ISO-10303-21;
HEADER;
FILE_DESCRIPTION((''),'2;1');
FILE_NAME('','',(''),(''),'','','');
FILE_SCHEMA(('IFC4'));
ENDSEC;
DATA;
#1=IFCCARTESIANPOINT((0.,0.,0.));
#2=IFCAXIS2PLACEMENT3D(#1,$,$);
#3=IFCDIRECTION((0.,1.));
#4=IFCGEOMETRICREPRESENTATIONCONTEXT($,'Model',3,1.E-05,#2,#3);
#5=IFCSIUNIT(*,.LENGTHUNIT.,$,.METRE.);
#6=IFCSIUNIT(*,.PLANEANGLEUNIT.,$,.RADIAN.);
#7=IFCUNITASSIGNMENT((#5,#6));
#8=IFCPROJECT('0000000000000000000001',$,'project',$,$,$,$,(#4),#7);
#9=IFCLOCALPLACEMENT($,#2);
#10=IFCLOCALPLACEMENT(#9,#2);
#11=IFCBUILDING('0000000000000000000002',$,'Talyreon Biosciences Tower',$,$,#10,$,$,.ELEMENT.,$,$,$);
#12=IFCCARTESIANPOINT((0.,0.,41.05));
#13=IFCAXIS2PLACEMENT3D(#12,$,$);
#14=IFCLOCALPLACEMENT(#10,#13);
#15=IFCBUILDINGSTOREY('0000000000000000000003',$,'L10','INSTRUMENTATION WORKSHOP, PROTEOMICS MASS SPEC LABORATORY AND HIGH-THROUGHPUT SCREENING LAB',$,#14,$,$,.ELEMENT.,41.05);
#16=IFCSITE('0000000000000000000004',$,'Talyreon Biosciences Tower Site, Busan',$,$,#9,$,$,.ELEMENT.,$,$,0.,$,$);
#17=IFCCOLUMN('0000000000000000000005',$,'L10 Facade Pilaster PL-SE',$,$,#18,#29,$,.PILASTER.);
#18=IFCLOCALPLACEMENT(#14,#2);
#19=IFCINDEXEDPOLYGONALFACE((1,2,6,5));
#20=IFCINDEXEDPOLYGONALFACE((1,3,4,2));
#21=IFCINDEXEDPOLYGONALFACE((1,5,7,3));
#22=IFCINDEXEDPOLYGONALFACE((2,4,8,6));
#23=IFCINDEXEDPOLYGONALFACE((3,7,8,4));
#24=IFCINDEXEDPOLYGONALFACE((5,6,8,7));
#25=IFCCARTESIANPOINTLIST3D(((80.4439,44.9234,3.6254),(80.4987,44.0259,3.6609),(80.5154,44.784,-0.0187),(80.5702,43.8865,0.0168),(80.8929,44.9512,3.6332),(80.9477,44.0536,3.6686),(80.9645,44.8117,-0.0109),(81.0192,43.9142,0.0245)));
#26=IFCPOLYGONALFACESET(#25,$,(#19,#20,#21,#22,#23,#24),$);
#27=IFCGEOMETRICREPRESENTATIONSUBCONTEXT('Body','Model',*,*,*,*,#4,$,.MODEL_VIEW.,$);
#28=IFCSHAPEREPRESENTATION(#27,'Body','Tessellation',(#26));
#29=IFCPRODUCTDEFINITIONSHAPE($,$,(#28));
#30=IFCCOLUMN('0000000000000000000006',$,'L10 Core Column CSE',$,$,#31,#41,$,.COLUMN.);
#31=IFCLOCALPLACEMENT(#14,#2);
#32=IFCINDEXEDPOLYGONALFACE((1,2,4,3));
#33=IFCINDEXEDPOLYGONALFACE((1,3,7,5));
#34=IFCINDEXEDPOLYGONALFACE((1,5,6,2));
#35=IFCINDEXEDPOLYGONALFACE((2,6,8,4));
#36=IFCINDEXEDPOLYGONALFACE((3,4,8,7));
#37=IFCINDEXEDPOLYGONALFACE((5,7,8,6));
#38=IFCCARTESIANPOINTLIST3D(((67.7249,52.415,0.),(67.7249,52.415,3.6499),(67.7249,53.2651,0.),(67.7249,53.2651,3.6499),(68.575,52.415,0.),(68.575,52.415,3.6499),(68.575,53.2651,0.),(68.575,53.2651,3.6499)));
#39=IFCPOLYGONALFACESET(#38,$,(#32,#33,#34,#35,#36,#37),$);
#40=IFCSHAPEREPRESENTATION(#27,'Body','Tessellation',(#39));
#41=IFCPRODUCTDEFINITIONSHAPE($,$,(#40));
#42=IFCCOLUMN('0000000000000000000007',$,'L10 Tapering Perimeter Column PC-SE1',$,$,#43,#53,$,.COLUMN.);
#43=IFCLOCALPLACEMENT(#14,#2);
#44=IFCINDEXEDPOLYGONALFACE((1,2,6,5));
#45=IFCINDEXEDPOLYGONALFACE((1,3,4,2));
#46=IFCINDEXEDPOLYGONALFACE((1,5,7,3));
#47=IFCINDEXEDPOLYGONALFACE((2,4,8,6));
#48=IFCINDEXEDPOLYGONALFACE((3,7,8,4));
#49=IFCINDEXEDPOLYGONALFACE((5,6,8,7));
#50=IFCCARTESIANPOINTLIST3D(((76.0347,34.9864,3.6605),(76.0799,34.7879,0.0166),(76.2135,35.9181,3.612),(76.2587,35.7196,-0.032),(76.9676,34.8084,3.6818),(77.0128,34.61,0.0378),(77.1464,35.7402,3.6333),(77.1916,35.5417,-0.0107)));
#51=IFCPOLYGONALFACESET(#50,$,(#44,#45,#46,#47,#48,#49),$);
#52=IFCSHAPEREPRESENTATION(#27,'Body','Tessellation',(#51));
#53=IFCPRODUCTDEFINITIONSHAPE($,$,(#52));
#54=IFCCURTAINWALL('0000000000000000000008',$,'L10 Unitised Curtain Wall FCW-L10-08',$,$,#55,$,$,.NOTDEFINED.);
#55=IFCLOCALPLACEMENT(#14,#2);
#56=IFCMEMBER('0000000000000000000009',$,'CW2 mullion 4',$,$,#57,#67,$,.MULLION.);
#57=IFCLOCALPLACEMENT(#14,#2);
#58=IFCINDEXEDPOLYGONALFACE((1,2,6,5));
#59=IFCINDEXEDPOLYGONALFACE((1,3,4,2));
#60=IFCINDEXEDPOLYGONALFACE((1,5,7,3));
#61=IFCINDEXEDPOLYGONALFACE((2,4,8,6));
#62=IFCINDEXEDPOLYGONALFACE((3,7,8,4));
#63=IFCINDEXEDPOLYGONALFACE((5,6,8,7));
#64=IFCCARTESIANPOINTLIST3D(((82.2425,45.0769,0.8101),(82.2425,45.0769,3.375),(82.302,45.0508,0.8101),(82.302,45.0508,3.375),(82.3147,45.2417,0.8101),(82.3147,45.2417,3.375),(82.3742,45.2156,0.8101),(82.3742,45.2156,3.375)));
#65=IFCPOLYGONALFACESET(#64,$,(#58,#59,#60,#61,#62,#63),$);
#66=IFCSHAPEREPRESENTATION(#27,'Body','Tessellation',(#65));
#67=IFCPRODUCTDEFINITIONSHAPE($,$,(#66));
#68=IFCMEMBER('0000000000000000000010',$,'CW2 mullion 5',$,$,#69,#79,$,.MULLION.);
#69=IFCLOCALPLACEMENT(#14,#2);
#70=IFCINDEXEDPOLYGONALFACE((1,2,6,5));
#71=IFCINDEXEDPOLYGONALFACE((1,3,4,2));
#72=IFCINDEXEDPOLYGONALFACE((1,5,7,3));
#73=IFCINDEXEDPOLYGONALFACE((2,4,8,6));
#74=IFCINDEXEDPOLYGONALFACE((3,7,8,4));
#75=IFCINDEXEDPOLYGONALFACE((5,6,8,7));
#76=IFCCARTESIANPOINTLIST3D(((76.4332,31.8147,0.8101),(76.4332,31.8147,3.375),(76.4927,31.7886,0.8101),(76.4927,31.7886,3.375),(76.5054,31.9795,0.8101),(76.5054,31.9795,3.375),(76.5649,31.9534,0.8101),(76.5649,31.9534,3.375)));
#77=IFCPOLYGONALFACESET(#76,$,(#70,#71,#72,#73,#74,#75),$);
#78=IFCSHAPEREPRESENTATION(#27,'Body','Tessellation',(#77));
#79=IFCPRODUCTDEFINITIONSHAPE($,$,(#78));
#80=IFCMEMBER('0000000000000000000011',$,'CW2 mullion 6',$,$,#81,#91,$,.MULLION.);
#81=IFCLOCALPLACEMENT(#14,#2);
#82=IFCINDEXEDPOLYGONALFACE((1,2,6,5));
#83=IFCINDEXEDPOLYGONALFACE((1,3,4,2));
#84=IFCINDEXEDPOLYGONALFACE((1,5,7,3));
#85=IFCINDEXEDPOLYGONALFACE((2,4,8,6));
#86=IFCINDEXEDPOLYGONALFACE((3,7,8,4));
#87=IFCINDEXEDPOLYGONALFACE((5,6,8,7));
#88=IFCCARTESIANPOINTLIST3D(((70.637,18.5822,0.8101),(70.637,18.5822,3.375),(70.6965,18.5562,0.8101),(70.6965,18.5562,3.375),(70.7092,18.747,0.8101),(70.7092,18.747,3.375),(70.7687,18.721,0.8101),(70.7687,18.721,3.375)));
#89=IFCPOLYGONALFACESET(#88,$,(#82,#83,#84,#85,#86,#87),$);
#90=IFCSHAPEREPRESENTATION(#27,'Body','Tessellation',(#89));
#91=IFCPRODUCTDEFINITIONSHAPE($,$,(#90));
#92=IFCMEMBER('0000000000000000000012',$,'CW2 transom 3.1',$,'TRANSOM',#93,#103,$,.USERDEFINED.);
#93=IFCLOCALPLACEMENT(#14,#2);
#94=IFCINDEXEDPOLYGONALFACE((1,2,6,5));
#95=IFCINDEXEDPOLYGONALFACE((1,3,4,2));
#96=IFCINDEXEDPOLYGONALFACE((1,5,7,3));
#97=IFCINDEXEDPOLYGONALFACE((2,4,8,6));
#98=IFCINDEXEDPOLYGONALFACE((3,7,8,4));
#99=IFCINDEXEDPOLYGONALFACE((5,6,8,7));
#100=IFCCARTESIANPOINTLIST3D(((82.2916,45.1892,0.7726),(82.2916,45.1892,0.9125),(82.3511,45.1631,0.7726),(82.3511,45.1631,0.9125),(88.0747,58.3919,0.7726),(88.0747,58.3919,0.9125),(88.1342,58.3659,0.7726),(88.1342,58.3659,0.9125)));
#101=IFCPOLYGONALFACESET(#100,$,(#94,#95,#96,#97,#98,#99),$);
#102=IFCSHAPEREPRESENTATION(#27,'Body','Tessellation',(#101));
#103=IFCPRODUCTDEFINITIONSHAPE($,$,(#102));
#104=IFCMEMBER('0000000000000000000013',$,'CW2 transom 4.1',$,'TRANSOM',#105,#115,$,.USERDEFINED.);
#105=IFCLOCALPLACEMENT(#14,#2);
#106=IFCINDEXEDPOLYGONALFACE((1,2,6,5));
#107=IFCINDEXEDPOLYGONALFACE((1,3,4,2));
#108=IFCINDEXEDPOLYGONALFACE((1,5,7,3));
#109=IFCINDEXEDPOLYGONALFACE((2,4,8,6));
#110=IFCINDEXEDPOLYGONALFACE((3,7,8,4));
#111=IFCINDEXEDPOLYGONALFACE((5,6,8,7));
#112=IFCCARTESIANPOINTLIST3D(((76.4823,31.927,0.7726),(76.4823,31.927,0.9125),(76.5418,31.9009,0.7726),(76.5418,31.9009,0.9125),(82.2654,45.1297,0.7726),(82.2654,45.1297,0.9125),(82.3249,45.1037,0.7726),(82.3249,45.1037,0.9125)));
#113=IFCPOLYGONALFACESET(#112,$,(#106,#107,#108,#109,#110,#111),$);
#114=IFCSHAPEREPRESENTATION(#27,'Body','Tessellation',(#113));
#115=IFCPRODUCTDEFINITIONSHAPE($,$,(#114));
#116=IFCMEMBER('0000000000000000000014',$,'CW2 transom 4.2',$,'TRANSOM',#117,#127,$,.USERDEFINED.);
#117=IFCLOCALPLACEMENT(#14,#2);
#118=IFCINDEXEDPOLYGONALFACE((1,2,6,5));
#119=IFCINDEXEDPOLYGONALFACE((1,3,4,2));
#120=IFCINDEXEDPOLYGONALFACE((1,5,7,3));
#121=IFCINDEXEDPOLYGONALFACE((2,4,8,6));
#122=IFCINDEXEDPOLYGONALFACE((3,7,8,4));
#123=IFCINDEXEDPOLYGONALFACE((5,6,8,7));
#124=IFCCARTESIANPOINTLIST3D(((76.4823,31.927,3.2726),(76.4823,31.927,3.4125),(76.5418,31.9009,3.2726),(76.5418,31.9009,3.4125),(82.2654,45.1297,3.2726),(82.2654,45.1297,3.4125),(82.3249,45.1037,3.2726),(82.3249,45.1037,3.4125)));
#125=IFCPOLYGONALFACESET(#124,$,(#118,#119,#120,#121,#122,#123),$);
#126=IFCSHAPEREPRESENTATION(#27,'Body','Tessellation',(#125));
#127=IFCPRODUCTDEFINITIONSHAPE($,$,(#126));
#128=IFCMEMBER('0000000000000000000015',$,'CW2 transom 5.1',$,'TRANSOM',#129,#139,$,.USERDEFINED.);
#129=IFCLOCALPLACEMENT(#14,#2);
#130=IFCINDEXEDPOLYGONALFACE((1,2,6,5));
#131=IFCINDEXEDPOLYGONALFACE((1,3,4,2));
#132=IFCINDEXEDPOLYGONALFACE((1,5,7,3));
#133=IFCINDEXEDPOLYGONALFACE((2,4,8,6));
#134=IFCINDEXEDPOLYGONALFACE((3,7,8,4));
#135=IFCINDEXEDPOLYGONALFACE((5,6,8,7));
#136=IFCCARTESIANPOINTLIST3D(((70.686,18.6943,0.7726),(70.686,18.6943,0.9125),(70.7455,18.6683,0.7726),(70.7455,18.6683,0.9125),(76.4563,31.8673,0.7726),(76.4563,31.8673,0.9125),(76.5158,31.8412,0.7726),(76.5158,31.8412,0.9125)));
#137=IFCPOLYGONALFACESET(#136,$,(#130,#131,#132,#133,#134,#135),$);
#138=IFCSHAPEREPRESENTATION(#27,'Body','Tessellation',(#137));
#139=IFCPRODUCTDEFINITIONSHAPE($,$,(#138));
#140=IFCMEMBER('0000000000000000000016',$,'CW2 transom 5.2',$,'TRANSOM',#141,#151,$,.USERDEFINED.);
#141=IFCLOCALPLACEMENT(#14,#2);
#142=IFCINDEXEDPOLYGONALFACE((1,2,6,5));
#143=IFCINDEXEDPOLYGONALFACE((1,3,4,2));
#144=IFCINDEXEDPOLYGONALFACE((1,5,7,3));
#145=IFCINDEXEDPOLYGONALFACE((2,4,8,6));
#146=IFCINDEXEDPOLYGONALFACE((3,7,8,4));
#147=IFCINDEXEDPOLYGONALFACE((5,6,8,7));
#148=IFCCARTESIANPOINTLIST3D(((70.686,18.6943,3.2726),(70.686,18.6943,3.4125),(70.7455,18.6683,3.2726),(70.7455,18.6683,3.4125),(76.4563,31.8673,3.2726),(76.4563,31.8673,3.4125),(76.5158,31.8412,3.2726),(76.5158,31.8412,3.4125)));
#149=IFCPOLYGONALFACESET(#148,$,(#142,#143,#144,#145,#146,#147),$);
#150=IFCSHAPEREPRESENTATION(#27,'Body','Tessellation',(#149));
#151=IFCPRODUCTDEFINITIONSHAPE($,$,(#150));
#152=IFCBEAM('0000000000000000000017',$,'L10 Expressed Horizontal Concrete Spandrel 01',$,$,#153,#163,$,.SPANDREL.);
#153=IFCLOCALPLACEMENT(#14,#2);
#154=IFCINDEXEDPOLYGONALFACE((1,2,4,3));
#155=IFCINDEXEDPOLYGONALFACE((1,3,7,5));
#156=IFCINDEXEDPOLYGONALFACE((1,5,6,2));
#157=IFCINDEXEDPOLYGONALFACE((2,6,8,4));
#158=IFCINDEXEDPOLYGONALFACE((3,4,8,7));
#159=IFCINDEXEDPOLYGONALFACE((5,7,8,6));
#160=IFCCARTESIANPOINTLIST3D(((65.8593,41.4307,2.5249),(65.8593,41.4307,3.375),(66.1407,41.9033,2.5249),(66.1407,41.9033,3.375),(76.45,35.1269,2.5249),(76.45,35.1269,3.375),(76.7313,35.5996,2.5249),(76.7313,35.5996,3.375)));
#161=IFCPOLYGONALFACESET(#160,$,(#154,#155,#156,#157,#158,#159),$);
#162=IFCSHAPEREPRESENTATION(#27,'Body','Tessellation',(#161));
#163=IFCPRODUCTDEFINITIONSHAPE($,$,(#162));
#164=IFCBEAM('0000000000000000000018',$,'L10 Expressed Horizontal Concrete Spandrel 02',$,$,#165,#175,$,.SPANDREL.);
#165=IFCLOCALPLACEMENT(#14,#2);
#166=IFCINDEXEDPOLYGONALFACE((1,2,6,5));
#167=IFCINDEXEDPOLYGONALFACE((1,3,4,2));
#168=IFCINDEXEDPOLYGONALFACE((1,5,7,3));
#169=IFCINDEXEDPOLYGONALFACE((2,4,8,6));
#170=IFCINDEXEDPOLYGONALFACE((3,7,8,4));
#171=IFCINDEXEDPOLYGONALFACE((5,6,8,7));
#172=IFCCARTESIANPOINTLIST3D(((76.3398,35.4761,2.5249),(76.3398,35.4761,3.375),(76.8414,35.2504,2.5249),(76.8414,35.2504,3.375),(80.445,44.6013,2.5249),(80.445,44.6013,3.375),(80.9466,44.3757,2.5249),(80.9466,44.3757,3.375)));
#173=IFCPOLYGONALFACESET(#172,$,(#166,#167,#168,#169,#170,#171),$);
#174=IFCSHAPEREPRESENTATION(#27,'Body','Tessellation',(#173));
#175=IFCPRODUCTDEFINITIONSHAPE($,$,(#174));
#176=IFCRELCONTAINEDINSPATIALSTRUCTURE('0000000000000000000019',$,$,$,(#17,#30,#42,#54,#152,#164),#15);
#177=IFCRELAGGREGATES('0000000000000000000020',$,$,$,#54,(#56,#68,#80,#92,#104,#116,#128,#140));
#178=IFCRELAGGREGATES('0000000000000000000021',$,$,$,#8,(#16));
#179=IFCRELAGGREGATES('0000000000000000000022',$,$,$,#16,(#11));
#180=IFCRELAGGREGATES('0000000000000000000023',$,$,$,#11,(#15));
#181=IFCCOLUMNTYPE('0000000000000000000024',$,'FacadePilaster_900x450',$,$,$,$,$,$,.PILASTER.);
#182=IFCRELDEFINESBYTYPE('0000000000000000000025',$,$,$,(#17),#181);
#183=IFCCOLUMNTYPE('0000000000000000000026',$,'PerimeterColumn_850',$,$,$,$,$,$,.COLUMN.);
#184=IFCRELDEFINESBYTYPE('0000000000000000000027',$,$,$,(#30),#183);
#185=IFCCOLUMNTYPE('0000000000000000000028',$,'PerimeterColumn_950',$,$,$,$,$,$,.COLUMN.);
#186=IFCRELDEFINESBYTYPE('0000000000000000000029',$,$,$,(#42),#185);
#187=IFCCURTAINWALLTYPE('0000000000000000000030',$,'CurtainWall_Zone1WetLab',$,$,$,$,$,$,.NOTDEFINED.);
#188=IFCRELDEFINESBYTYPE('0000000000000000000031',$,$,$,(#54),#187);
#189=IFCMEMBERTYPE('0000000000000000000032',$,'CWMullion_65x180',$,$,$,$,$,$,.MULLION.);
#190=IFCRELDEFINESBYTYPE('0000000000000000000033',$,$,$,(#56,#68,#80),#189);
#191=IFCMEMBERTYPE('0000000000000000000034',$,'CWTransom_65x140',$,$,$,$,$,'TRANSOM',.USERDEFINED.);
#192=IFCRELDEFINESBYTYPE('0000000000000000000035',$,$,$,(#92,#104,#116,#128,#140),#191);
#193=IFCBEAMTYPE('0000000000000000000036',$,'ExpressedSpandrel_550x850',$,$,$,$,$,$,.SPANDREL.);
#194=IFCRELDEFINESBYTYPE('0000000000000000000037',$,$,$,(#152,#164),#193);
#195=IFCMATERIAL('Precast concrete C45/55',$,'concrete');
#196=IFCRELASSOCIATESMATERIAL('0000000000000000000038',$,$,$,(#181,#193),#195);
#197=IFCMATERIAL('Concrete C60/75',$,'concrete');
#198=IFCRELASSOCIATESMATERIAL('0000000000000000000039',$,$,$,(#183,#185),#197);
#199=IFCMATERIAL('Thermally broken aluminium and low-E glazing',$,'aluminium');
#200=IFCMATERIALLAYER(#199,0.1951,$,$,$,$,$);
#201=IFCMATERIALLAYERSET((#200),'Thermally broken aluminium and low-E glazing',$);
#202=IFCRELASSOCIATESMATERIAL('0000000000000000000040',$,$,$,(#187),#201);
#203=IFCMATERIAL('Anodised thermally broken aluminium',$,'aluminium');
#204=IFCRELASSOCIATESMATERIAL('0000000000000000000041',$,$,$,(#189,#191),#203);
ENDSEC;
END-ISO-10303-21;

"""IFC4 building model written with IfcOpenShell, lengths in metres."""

from ifc_helpers import new_model, si_unit, direction, frame, origin, origin_2d, place, context, subcontext, project, spatial, rectangle, extrude, material, layer, layer_set, material_profile, profile_set, type_object, element, aggregate, save


model = new_model("IFC4")

# Units and contexts
model_context = context("Model", 3, precision=1e-05, world=origin(), true_north=direction((0.0, 1.0)))
body_context = subcontext(model_context, "Body", "Model", "MODEL_VIEW")
ifc_project = project(units=[si_unit("LENGTHUNIT", "METRE"), si_unit("PLANEANGLEUNIT", "RADIAN")], contexts=[model_context])

# Site, building, storey
site_placement = place(None, origin())
site = spatial("IfcSite", under=ifc_project, at=site_placement, Name="Talyreon Biosciences Tower Site, Busan", CompositionType="ELEMENT", RefElevation=0.0)
building_placement = place(site_placement, origin())
building = spatial("IfcBuilding", under=site, at=building_placement, Name="Talyreon Biosciences Tower", CompositionType="ELEMENT")
storey_placement = place(building_placement, frame((0.0, 0.0, 41.05)))
storey = spatial("IfcBuildingStorey", under=building, at=storey_placement, Name="L10", Description="INSTRUMENTATION WORKSHOP, PROTEOMICS MASS SPEC LABORATORY AND HIGH-THROUGHPUT SCREENING LAB", CompositionType="ELEMENT", Elevation=41.05)

# Columns
ifc_material_1 = material(Name="Precast concrete C45/55", Category="concrete")
ifc_material_profile_1 = material_profile(ifc_material_1, rectangle(XDim=0.8999, YDim=0.45, at=origin_2d()), Name="RC 900x450")
ifc_profile_set_1 = profile_set([ifc_material_profile_1], Name="Precast concrete C45/55")
column_type_1 = type_object("IfcColumnType", Name="FacadePilaster_900x450", PredefinedType="PILASTER", material=ifc_profile_set_1)
column_1_placement = place(storey_placement, frame((80.7673, 44.3491, 0.0029), z_axis=(-0.019612, 0.03822, 0.999077), x_axis=(0.06087, -0.99737, 0.03935)))
element("IfcColumn", 1, at=column_1_placement, inside=storey, type_object=column_type_1, Name="L10 Facade Pilaster PL-SE", PredefinedType="PILASTER", context=body_context, shape_type="SweptSolid", body=[
    extrude(rectangle(XDim=0.8999, YDim=0.45, at=origin_2d()), origin(), (0.0, 0.0, 1.0), 3.6475),
])
ifc_material_2 = material(Name="Concrete C60/75", Category="concrete")
ifc_material_profile_2 = material_profile(ifc_material_2, rectangle(XDim=0.8501, YDim=0.8501, at=origin_2d()), Name="RC 850x850")
ifc_profile_set_2 = profile_set([ifc_material_profile_2], Name="Concrete C60/75")
column_type_2 = type_object("IfcColumnType", Name="PerimeterColumn_850", PredefinedType="COLUMN", material=ifc_profile_set_2)
column_2_placement = place(storey_placement, frame((68.1499, 52.8401, 0.0), z_axis=(0.0, 0.0, 1.0), x_axis=(1.0, 0.0, 0.0)))
element("IfcColumn", 2, at=column_2_placement, inside=storey, type_object=column_type_2, Name="L10 Core Column CSE", PredefinedType="COLUMN", context=body_context, shape_type="SweptSolid", body=[
    extrude(rectangle(XDim=0.8501, YDim=0.8501, at=origin_2d()), origin(), (0.0, 0.0, 1.0), 3.6499),
])
ifc_material_profile_3 = material_profile(ifc_material_2, rectangle(XDim=0.95, YDim=0.95, at=origin_2d()), Name="RC 950x950")
ifc_profile_set_3 = profile_set([ifc_material_profile_3], Name="Concrete C60/75")
column_type_3 = type_object("IfcColumnType", Name="PerimeterColumn_950", PredefinedType="COLUMN", material=ifc_profile_set_3)
column_3_placement = place(storey_placement, frame((76.6357, 35.1648, 0.0029), z_axis=(-0.012375, 0.054384, 0.998443), x_axis=(-0.188255, -0.98079, 0.051089)))
element("IfcColumn", 3, at=column_3_placement, inside=storey, type_object=column_type_3, Name="L10 Tapering Perimeter Column PC-SE1", PredefinedType="COLUMN", context=body_context, shape_type="SweptSolid", body=[
    extrude(rectangle(XDim=0.95, YDim=0.95, at=origin_2d()), origin(), (0.0, 0.0, 1.0), 3.6497),
])

# Curtain wall, members
ifc_material_3 = material(Name="Thermally broken aluminium and low-E glazing", Category="aluminium")
ifc_layer_1 = layer(ifc_material_3, 0.1951)
ifc_layer_set_1 = layer_set([ifc_layer_1], Name="Thermally broken aluminium and low-E glazing")
curtain_wall_type = type_object("IfcCurtainWallType", Name="CurtainWall_Zone1WetLab", PredefinedType="NOTDEFINED", material=ifc_layer_set_1)
curtain_wall_placement = place(storey_placement, origin())
curtain_wall = element("IfcCurtainWall", 4, at=curtain_wall_placement, inside=storey, type_object=curtain_wall_type, Name="L10 Unitised Curtain Wall FCW-L10-08", PredefinedType="NOTDEFINED")
ifc_material_4 = material(Name="Anodised thermally broken aluminium", Category="aluminium")
ifc_material_profile_4 = material_profile(ifc_material_4, rectangle(XDim=0.0649, YDim=0.1799, at=origin_2d()), Name="ALUM MULLION 65x180")
ifc_profile_set_4 = profile_set([ifc_material_profile_4], Name="Anodised thermally broken aluminium")
member_type_1 = type_object("IfcMemberType", Name="CWMullion_65x180", PredefinedType="MULLION", material=ifc_profile_set_4)
member_1_placement = place(storey_placement, frame((82.3083, 45.1462, 0.8101), z_axis=(0.0, 0.0, 1.0), x_axis=(0.91598, -0.401223, 0.0)))
member_1 = element("IfcMember", 5, at=member_1_placement, type_object=member_type_1, Name="CW2 mullion 4", PredefinedType="MULLION", context=body_context, shape_type="SweptSolid", body=[
    extrude(rectangle(XDim=0.0649, YDim=0.1799, at=origin_2d()), origin(), (0.0, 0.0, 1.0), 2.5649),
])
member_2_placement = place(storey_placement, frame((76.499, 31.884, 0.8101), z_axis=(0.0, 0.0, 1.0), x_axis=(0.91598, -0.401223, 0.0)))
member_2 = element("IfcMember", 6, at=member_2_placement, type_object=member_type_1, Name="CW2 mullion 5", PredefinedType="MULLION", context=body_context, shape_type="SweptSolid", body=[
    extrude(rectangle(XDim=0.0649, YDim=0.1799, at=origin_2d()), origin(), (0.0, 0.0, 1.0), 2.5649),
])
member_3_placement = place(storey_placement, frame((70.7029, 18.6516, 0.8101), z_axis=(0.0, 0.0, 1.0), x_axis=(0.91598, -0.401223, 0.0)))
member_3 = element("IfcMember", 7, at=member_3_placement, type_object=member_type_1, Name="CW2 mullion 6", PredefinedType="MULLION", context=body_context, shape_type="SweptSolid", body=[
    extrude(rectangle(XDim=0.0649, YDim=0.1799, at=origin_2d()), origin(), (0.0, 0.0, 1.0), 2.5649),
])
ifc_material_profile_5 = material_profile(ifc_material_4, rectangle(XDim=0.0649, YDim=0.1399, at=origin_2d()), Name="ALUM TRANSOM 65x140")
ifc_profile_set_5 = profile_set([ifc_material_profile_5], Name="Anodised thermally broken aluminium")
member_type_2 = type_object("IfcMemberType", Name="CWTransom_65x140", ElementType="TRANSOM", PredefinedType="USERDEFINED", material=ifc_profile_set_5)
member_4_placement = place(storey_placement, frame((88.1045, 58.3789, 0.8425), z_axis=(-0.401223, -0.91598, 0.0), x_axis=(0.91598, -0.401223, 0.0)))
member_4 = element("IfcMember", 8, at=member_4_placement, type_object=member_type_2, Name="CW2 transom 3.1", ObjectType="TRANSOM", PredefinedType="USERDEFINED", context=body_context, shape_type="SweptSolid", body=[
    extrude(rectangle(XDim=0.0649, YDim=0.1399, at=origin_2d()), origin(), (0.0, 0.0, 1.0), 14.4138),
])
member_5_placement = place(storey_placement, frame((82.2952, 45.1167, 0.8425), z_axis=(-0.401223, -0.91598, 0.0), x_axis=(0.91598, -0.401223, 0.0)))
member_5 = element("IfcMember", 9, at=member_5_placement, type_object=member_type_2, Name="CW2 transom 4.1", ObjectType="TRANSOM", PredefinedType="USERDEFINED", context=body_context, shape_type="SweptSolid", body=[
    extrude(rectangle(XDim=0.0649, YDim=0.1399, at=origin_2d()), origin(), (0.0, 0.0, 1.0), 14.4138),
])
member_6_placement = place(storey_placement, frame((82.2952, 45.1167, 3.3425), z_axis=(-0.401223, -0.91598, 0.0), x_axis=(0.91598, -0.401223, 0.0)))
member_6 = element("IfcMember", 10, at=member_6_placement, type_object=member_type_2, Name="CW2 transom 4.2", ObjectType="TRANSOM", PredefinedType="USERDEFINED", context=body_context, shape_type="SweptSolid", body=[
    extrude(rectangle(XDim=0.0649, YDim=0.1399, at=origin_2d()), origin(), (0.0, 0.0, 1.0), 14.4138),
])
member_7_placement = place(storey_placement, frame((76.4861, 31.8542, 0.8425), z_axis=(-0.401236, -0.915975, 0.0), x_axis=(0.915975, -0.401236, 0.0)))
member_7 = element("IfcMember", 11, at=member_7_placement, type_object=member_type_2, Name="CW2 transom 5.1", ObjectType="TRANSOM", PredefinedType="USERDEFINED", context=body_context, shape_type="SweptSolid", body=[
    extrude(rectangle(XDim=0.0649, YDim=0.1399, at=origin_2d()), origin(), (0.0, 0.0, 1.0), 14.3813),
])
member_8_placement = place(storey_placement, frame((76.4861, 31.8542, 3.3425), z_axis=(-0.401236, -0.915975, 0.0), x_axis=(0.915975, -0.401236, 0.0)))
member_8 = element("IfcMember", 12, at=member_8_placement, type_object=member_type_2, Name="CW2 transom 5.2", ObjectType="TRANSOM", PredefinedType="USERDEFINED", context=body_context, shape_type="SweptSolid", body=[
    extrude(rectangle(XDim=0.0649, YDim=0.1399, at=origin_2d()), origin(), (0.0, 0.0, 1.0), 14.3813),
])

# Beams
ifc_material_profile_6 = material_profile(ifc_material_1, rectangle(XDim=0.55, YDim=0.8501, at=origin_2d()), Name="RCB 550x850")
ifc_profile_set_6 = profile_set([ifc_material_profile_6], Name="Precast concrete C45/55")
beam_type_1 = type_object("IfcBeamType", Name="ExpressedSpandrel_550x850", PredefinedType="SPANDREL", material=ifc_profile_set_6)
beam_1_placement = place(storey_placement, frame((66.0, 41.667, 2.95), z_axis=(0.8593, -0.511472, 0.0), x_axis=(0.511472, 0.8593, 0.0)))
element("IfcBeam", 13, at=beam_1_placement, inside=storey, type_object=beam_type_1, Name="L10 Expressed Horizontal Concrete Spandrel 01", PredefinedType="SPANDREL", context=body_context, shape_type="SweptSolid", body=[
    extrude(rectangle(XDim=0.55, YDim=0.8501, at=origin_2d()), origin(), (0.0, 0.0, 1.0), 12.3247),
])
beam_2_placement = place(storey_placement, frame((76.5906, 35.3633, 2.95), z_axis=(0.41027, 0.911964, 0.0), x_axis=(-0.911964, 0.41027, 0.0)))
element("IfcBeam", 14, at=beam_2_placement, inside=storey, type_object=beam_type_1, Name="L10 Expressed Horizontal Concrete Spandrel 02", PredefinedType="SPANDREL", context=body_context, shape_type="SweptSolid", body=[
    extrude(rectangle(XDim=0.55, YDim=0.8501, at=origin_2d()), origin(), (0.0, 0.0, 1.0), 10.0061),
])

aggregate(curtain_wall, [member_1, member_2, member_3, member_4, member_5, member_6, member_7, member_8])

save(model, "model.ifc")
